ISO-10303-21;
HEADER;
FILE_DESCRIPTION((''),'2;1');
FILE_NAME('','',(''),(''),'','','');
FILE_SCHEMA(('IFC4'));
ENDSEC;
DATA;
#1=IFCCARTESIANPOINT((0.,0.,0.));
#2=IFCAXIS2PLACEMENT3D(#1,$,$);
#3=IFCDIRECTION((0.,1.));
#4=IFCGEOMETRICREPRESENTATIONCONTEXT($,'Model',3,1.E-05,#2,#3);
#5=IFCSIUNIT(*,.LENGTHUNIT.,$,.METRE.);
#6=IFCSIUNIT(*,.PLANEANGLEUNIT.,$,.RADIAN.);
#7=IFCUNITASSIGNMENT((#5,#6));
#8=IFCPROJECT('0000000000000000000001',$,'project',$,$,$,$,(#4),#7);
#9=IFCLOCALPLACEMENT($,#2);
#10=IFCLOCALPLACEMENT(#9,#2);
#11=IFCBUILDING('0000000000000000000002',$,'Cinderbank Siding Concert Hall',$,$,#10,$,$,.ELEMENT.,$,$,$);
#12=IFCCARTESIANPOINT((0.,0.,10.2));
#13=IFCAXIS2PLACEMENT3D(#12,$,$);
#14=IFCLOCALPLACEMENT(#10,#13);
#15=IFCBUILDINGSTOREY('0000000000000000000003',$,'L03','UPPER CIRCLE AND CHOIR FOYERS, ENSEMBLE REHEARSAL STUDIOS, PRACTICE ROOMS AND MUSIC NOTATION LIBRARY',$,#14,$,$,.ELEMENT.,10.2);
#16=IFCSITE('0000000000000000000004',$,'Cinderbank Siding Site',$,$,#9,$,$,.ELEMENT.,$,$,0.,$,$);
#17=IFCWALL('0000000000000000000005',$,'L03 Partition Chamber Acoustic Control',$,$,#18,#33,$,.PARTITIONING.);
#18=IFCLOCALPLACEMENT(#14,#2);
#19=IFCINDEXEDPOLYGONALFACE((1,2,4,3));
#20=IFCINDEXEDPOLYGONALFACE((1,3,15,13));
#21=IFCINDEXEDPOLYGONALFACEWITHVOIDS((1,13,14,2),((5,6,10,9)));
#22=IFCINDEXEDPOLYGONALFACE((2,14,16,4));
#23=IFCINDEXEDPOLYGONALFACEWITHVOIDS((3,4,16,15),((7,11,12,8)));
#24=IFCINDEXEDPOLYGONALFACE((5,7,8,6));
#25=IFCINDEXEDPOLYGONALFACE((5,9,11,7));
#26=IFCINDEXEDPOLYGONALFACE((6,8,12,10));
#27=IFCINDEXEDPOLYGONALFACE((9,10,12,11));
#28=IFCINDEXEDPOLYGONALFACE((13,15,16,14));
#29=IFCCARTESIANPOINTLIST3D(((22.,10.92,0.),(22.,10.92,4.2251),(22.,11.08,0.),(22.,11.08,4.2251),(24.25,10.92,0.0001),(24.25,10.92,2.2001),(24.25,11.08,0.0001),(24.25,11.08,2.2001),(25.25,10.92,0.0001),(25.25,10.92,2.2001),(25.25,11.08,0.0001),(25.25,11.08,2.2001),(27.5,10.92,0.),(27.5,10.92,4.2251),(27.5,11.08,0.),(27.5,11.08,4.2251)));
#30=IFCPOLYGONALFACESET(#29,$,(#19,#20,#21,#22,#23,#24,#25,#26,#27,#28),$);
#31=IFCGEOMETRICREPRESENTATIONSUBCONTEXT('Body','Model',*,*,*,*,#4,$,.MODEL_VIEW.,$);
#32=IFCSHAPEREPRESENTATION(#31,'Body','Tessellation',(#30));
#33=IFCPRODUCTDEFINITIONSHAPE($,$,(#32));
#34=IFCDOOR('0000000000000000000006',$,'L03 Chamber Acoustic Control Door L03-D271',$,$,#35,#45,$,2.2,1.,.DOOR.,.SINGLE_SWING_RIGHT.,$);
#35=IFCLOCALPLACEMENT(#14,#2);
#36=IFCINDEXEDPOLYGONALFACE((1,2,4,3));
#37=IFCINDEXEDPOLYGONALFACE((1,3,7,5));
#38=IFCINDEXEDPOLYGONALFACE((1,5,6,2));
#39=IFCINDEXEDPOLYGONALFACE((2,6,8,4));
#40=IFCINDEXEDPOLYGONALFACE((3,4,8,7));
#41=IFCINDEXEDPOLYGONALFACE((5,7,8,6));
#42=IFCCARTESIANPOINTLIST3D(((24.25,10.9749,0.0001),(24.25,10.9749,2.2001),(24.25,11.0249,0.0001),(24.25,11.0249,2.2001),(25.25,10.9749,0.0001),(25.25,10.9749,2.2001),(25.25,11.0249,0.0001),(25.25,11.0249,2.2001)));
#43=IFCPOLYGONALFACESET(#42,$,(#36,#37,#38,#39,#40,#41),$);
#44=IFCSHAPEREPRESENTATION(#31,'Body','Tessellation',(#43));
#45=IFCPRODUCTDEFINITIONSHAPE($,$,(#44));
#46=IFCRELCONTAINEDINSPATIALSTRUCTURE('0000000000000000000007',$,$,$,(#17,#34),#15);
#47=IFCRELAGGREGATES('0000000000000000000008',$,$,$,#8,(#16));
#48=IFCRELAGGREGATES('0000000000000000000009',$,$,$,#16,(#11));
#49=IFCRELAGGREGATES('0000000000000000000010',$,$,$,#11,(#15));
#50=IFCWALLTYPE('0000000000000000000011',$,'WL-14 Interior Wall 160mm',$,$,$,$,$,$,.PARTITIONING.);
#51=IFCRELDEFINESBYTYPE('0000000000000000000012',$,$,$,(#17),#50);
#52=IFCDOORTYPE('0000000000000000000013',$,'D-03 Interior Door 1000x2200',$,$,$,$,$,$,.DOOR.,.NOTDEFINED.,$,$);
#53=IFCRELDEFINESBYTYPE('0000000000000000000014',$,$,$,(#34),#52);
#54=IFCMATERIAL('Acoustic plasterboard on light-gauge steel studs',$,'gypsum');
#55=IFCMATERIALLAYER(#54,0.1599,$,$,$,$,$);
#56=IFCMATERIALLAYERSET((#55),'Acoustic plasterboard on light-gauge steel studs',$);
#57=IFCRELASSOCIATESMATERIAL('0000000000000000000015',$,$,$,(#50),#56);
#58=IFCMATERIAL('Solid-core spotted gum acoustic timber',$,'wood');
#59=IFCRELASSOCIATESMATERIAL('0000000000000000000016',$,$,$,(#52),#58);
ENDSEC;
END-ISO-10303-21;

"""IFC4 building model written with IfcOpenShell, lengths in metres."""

from ifc_helpers import new_model, si_unit, direction, frame, frame_2d, origin, place, context, subcontext, project, spatial, rectangle, extrude, material, layer, layer_set, type_object, element, fill, save


model = new_model("IFC4")

# Units and contexts
model_context = context("Model", 3, precision=1e-05, world=origin(), true_north=direction((0.0, 1.0)))
body_context = subcontext(model_context, "Body", "Model", "MODEL_VIEW")
ifc_project = project(units=[si_unit("LENGTHUNIT", "METRE"), si_unit("PLANEANGLEUNIT", "RADIAN")], contexts=[model_context])

# Site, building, storey
site_placement = place(None, origin())
site = spatial("IfcSite", under=ifc_project, at=site_placement, Name="Cinderbank Siding Site", CompositionType="ELEMENT", RefElevation=0.0)
building_placement = place(site_placement, origin())
building = spatial("IfcBuilding", under=site, at=building_placement, Name="Cinderbank Siding Concert Hall", CompositionType="ELEMENT")
storey_placement = place(building_placement, frame((0.0, 0.0, 10.2)))
storey = spatial("IfcBuildingStorey", under=building, at=storey_placement, Name="L03", Description="UPPER CIRCLE AND CHOIR FOYERS, ENSEMBLE REHEARSAL STUDIOS, PRACTICE ROOMS AND MUSIC NOTATION LIBRARY", CompositionType="ELEMENT", Elevation=10.2)

# Wall, opening, door
ifc_material_1 = material(Name="Acoustic plasterboard on light-gauge steel studs", Category="gypsum")
ifc_layer_1 = layer(ifc_material_1, 0.1599)
ifc_layer_set_1 = layer_set([ifc_layer_1], Name="Acoustic plasterboard on light-gauge steel studs")
wall_type_1 = type_object("IfcWallType", Name="WL-14 Interior Wall 160mm", PredefinedType="PARTITIONING", material=ifc_layer_set_1)
wall_1_placement = place(storey_placement, frame((22.0, 11.0, 0.0), z_axis=(0.0, 0.0, 1.0), x_axis=(1.0, 0.0, 0.0)))
wall_1 = element("IfcWall", 1, at=wall_1_placement, inside=storey, type_object=wall_type_1, Name="L03 Partition Chamber Acoustic Control", PredefinedType="PARTITIONING", context=body_context, shape_type="SweptSolid", body=[
    extrude(rectangle(XDim=5.5, YDim=0.1599, at=frame_2d((2.75, 0.0))), origin(), (0.0, 0.0, 1.0), 4.2251),
])
opening_1_placement = place(wall_1_placement, frame((2.25, 0.0, 0.0)))
opening_1 = element("IfcOpeningElement", 2, at=opening_1_placement, cuts=wall_1, PredefinedType="OPENING", context=body_context, shape_type="SweptSolid", body=[
    extrude(rectangle(XDim=1.0, YDim=2.2, at=frame_2d((0.5, 1.1001))), frame((0.0, 0.0918, 0.0), z_axis=(0.0, -1.0, 0.0), x_axis=(1.0, 0.0, 0.0)), (0.0, 0.0, 1.0), 0.1838),
])
ifc_material_2 = material(Name="Solid-core spotted gum acoustic timber", Category="wood")
door_type = type_object("IfcDoorType", Name="D-03 Interior Door 1000x2200", OperationType="NOTDEFINED", PredefinedType="DOOR", material=ifc_material_2)
door_placement = place(opening_1_placement, origin())
door = element("IfcDoor", 3, at=door_placement, inside=storey, type_object=door_type, Name="L03 Chamber Acoustic Control Door L03-D271", OperationType="SINGLE_SWING_RIGHT", OverallHeight=2.2, OverallWidth=1.0, PredefinedType="DOOR", context=body_context, shape_type="SweptSolid", body=[
    extrude(rectangle(XDim=1.0, YDim=2.2, at=frame_2d((0.5, 1.1001))), frame((0.0, 0.0249, 0.0), z_axis=(0.0, -1.0, 0.0), x_axis=(1.0, 0.0, 0.0)), (0.0, 0.0, 1.0), 0.05),
])
fill(opening_1, door)

save(model, "model.ifc")
